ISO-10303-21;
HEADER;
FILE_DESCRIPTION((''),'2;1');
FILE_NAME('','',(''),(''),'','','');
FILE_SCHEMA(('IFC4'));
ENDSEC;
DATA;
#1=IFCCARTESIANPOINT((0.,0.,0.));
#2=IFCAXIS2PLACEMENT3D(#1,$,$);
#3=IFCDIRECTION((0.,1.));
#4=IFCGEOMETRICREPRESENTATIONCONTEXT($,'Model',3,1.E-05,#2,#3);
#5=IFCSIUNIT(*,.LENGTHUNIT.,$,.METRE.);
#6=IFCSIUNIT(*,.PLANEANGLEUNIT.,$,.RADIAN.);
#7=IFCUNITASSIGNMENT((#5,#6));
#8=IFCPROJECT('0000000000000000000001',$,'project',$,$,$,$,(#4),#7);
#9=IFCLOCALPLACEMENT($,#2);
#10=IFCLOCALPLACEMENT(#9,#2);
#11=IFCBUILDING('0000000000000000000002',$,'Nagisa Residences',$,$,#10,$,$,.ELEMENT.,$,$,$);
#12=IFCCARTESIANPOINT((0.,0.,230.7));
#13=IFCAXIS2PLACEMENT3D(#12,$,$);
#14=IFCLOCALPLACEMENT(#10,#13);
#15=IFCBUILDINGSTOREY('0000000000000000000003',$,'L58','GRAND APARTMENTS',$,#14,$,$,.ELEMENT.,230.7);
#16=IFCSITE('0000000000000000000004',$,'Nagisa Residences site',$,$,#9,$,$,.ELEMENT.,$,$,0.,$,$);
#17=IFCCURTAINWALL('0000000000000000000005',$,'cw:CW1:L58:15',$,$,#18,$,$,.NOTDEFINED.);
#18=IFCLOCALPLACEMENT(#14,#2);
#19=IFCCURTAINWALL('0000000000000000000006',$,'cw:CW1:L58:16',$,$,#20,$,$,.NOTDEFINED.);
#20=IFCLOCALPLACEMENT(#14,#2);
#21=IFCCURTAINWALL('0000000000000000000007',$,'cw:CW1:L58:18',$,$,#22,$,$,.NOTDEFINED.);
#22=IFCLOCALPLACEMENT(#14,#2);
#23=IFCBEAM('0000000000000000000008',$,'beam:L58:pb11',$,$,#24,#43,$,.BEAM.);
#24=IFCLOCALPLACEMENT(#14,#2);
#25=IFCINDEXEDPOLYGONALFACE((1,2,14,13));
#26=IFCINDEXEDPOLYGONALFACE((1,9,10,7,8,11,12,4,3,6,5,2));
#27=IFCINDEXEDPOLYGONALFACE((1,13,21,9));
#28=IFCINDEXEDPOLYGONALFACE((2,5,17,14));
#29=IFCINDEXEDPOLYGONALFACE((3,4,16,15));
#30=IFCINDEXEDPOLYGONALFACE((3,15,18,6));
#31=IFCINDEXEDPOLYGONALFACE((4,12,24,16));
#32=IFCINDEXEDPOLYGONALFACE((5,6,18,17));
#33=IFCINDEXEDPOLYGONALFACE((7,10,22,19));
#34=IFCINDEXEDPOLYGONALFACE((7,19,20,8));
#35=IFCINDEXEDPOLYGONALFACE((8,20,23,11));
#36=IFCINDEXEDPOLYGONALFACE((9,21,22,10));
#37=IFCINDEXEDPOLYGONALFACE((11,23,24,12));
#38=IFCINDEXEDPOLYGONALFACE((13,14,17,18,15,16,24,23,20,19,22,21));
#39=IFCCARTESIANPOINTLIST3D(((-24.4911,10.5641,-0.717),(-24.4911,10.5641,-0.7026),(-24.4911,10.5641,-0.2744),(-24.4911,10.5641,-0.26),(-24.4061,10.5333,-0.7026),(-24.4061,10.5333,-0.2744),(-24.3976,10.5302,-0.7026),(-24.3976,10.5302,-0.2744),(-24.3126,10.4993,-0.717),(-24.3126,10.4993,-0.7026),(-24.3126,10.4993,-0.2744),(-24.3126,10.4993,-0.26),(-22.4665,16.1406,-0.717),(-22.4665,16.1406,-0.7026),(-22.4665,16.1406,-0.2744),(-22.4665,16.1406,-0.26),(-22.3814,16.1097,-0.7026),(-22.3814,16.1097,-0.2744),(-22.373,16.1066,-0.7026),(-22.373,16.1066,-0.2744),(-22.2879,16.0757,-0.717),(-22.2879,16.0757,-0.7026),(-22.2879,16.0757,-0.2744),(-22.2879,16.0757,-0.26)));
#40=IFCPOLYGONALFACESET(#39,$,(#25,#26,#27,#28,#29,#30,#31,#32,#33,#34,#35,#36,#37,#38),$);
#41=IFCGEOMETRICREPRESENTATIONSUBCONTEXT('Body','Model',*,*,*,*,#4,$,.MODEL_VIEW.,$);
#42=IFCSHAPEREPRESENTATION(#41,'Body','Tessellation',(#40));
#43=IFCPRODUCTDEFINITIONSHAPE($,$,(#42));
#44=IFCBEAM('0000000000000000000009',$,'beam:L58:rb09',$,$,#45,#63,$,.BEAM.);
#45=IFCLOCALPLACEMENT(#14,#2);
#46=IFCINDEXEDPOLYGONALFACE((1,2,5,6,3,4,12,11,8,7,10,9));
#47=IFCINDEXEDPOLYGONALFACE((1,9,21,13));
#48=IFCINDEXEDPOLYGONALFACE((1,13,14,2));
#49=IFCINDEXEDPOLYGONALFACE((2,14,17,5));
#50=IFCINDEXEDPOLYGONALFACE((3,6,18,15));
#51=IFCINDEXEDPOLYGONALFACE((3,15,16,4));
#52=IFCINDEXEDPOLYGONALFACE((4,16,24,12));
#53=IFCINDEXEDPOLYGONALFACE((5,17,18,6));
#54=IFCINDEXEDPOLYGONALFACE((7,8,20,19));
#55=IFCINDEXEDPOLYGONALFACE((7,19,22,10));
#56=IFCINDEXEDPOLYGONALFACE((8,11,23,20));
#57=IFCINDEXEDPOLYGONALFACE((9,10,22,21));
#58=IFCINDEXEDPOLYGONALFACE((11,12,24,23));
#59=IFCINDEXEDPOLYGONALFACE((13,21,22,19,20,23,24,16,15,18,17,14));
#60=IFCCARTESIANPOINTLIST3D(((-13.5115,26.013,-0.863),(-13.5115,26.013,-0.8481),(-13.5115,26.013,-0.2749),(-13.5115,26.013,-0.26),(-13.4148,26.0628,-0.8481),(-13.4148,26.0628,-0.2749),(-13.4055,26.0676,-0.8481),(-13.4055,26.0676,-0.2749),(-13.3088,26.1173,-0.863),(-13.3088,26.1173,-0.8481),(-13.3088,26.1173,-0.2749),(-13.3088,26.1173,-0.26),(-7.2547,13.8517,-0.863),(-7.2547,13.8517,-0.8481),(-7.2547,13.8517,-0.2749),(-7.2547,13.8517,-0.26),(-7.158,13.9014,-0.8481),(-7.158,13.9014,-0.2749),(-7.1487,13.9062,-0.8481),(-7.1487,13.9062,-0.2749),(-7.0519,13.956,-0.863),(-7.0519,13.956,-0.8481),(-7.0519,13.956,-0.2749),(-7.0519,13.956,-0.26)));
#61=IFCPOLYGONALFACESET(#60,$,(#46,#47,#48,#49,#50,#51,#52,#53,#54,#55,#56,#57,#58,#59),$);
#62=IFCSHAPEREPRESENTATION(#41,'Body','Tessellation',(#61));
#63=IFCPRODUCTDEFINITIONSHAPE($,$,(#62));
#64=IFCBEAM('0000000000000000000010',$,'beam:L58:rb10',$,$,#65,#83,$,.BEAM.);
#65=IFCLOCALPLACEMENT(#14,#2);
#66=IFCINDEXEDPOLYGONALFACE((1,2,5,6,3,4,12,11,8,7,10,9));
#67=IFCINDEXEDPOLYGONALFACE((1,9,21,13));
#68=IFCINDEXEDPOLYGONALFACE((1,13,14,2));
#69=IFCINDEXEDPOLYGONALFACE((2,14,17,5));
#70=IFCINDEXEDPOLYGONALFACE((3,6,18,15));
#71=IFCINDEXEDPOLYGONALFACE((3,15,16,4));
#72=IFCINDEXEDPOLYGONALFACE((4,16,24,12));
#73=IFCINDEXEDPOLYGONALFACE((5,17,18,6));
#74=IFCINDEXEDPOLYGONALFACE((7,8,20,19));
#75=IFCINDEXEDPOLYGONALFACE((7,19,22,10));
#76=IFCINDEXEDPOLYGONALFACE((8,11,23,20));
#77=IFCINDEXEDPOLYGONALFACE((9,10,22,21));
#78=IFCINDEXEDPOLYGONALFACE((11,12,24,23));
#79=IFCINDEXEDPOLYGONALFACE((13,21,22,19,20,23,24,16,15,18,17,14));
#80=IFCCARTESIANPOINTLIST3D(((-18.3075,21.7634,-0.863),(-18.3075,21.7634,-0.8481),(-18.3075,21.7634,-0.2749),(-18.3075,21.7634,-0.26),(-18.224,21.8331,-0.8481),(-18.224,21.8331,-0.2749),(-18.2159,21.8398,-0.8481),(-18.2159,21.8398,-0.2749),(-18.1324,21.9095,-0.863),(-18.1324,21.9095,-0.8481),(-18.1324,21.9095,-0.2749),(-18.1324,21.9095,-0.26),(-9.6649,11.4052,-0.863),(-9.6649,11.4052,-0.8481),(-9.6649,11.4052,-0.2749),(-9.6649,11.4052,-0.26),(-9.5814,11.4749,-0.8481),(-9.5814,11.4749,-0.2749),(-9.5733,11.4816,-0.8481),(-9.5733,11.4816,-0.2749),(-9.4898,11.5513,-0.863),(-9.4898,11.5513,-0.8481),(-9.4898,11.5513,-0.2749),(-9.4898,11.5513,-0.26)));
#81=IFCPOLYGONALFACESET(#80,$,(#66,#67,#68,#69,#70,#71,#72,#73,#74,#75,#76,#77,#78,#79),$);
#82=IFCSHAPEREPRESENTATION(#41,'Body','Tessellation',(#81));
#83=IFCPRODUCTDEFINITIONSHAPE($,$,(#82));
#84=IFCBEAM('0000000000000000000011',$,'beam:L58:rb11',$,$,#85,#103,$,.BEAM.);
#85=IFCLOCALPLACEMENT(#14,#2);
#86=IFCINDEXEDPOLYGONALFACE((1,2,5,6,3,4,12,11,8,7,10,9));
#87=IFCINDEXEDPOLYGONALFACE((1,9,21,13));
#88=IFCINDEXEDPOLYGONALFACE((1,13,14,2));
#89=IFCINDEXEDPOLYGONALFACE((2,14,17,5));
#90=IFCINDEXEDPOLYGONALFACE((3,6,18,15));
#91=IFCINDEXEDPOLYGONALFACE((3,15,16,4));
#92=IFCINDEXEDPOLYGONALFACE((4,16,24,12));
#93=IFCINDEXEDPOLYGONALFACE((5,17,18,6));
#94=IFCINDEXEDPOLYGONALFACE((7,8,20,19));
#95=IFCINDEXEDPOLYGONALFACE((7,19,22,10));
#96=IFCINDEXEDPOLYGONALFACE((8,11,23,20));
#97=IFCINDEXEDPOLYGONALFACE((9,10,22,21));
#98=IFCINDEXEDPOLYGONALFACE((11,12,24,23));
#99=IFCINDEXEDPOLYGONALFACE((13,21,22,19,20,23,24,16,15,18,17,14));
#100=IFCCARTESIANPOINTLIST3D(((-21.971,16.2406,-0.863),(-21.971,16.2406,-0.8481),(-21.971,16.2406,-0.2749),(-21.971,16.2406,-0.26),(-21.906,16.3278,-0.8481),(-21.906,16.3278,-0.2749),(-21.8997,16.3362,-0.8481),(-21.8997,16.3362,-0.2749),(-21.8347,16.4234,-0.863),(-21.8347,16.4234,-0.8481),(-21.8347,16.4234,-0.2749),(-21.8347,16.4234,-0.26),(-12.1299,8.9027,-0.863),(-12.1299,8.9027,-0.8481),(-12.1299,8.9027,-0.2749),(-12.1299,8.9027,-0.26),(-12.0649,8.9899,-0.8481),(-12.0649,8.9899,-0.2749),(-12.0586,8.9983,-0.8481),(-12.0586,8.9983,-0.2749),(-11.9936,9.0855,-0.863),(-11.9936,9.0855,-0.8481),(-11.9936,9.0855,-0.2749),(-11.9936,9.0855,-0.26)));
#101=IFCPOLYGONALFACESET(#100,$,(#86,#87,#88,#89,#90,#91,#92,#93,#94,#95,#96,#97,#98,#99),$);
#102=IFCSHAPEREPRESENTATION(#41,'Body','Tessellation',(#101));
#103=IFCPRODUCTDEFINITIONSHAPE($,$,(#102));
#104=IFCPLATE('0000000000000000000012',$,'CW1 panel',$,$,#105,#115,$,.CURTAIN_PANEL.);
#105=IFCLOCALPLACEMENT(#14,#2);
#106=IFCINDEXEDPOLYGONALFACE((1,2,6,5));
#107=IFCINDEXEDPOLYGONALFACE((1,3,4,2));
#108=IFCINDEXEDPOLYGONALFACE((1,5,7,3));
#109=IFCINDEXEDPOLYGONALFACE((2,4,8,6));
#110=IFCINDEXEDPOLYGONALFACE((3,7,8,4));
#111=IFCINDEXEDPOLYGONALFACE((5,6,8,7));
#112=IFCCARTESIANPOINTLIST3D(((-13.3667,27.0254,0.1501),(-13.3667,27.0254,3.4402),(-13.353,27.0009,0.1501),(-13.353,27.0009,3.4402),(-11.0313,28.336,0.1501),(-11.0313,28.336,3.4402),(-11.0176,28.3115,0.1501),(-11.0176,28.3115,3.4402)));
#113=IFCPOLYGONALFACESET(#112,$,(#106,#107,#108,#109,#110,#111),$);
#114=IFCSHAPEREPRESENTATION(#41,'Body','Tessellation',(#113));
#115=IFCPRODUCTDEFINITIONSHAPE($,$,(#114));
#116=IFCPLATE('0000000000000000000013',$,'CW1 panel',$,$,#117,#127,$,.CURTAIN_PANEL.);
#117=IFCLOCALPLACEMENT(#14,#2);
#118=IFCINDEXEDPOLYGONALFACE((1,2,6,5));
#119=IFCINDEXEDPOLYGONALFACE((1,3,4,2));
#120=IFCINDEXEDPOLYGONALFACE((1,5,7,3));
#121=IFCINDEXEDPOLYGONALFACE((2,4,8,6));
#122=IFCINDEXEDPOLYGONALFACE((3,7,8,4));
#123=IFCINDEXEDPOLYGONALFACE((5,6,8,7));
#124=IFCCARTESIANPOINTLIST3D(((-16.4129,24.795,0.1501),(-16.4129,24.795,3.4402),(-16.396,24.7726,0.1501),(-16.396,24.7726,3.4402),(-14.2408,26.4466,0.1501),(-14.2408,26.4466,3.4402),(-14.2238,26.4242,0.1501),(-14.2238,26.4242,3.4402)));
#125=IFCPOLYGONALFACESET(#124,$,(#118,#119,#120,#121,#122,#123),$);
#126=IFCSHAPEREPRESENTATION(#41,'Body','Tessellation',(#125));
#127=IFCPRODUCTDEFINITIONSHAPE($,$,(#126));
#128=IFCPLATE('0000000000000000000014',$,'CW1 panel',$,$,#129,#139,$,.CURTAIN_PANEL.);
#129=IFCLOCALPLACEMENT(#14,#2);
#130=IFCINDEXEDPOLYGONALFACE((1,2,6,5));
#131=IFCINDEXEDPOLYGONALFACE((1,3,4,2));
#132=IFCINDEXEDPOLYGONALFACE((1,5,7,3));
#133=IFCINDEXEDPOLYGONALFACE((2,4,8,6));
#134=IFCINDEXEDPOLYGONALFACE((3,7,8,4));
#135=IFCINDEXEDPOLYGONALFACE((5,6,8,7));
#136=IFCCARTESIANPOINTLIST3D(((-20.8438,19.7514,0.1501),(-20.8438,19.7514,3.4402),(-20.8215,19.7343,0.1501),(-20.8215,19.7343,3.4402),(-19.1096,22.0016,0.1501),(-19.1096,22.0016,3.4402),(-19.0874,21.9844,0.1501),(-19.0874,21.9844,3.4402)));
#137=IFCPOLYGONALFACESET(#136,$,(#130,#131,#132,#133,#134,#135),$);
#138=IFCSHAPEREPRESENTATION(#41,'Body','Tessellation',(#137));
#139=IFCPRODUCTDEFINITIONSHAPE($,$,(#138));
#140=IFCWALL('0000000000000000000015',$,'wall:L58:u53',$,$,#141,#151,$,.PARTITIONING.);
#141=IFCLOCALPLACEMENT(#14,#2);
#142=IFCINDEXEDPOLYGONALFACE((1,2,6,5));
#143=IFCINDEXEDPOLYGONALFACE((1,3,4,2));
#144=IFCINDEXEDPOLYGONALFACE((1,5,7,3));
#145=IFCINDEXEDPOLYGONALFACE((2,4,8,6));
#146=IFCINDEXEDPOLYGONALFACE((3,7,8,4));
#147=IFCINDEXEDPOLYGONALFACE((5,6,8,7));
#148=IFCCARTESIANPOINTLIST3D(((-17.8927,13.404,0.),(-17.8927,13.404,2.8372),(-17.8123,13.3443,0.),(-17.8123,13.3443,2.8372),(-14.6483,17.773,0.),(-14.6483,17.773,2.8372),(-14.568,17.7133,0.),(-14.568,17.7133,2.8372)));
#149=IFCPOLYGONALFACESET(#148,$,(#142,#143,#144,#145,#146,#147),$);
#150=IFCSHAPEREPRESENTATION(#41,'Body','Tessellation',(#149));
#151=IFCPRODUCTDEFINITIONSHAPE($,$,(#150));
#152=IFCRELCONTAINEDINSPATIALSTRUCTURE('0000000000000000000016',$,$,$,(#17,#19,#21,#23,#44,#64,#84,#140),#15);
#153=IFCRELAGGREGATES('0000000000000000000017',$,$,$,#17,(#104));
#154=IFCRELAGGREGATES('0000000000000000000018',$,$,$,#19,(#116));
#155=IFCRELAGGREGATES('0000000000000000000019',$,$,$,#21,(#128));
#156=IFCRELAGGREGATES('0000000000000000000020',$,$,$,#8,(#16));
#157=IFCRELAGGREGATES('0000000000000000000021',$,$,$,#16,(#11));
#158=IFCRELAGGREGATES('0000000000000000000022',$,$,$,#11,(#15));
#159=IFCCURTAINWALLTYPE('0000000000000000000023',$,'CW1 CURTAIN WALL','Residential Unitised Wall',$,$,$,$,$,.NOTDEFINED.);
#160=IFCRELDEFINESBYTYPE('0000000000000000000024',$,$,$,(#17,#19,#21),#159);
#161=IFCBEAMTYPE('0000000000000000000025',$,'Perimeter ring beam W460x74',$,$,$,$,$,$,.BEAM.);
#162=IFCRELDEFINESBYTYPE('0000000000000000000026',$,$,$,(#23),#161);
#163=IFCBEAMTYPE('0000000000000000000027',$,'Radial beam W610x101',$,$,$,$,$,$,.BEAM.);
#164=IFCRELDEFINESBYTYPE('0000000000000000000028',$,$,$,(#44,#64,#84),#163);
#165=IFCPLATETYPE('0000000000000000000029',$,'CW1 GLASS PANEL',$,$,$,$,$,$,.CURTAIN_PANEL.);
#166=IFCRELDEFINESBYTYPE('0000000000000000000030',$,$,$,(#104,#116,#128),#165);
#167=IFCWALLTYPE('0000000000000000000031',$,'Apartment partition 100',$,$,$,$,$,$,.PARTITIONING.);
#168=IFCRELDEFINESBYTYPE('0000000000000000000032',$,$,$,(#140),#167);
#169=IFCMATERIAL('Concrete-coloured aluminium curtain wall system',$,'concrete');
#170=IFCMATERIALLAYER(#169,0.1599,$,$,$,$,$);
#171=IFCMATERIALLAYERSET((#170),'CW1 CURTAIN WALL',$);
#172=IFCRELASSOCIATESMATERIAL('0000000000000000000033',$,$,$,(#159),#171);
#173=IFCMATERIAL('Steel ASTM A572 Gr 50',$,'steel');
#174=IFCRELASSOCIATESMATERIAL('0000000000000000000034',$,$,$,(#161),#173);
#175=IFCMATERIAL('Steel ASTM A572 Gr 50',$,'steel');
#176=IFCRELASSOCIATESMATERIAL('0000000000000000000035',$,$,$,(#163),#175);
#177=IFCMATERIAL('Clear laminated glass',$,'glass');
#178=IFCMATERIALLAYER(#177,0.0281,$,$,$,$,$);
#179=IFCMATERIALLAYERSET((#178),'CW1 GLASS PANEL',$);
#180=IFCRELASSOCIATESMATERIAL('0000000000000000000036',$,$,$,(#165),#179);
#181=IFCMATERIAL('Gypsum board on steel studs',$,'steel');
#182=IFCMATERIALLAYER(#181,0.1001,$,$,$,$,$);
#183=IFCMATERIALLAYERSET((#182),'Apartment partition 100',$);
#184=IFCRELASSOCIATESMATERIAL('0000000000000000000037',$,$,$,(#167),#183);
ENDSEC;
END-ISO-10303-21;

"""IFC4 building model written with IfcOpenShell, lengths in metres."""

from ifc_helpers import new_model, si_unit, direction, frame, frame_2d, origin, origin_2d, place, context, subcontext, project, spatial, rectangle, i_section, extrude, material, layer, layer_set, material_profile, profile_set, type_object, element, aggregate, save


model = new_model("IFC4")

# Units and contexts
model_context = context("Model", 3, precision=1e-05, world=origin(), true_north=direction((0.0, 1.0)))
body_context = subcontext(model_context, "Body", "Model", "MODEL_VIEW")
ifc_project = project(units=[si_unit("LENGTHUNIT", "METRE"), si_unit("PLANEANGLEUNIT", "RADIAN")], contexts=[model_context])

# Site, building, storey
site_placement = place(None, origin())
site = spatial("IfcSite", under=ifc_project, at=site_placement, Name="Nagisa Residences site", CompositionType="ELEMENT", RefElevation=0.0)
building_placement = place(site_placement, origin())
building = spatial("IfcBuilding", under=site, at=building_placement, Name="Nagisa Residences", CompositionType="ELEMENT")
storey_placement = place(building_placement, frame((0.0, 0.0, 230.7)))
storey = spatial("IfcBuildingStorey", under=building, at=storey_placement, Name="L58", Description="GRAND APARTMENTS", CompositionType="ELEMENT", Elevation=230.7)

# Curtain walls
ifc_material_1 = material(Name="Concrete-coloured aluminium curtain wall system", Category="concrete")
ifc_layer_1 = layer(ifc_material_1, 0.1599)
ifc_layer_set_1 = layer_set([ifc_layer_1], Name="CW1 CURTAIN WALL")
curtain_wall_type = type_object("IfcCurtainWallType", Name="CW1 CURTAIN WALL", Description="Residential Unitised Wall", PredefinedType="NOTDEFINED", material=ifc_layer_set_1)
curtain_wall_1_placement = place(storey_placement, origin())
curtain_wall_1 = element("IfcCurtainWall", 1, at=curtain_wall_1_placement, inside=storey, type_object=curtain_wall_type, Name="cw:CW1:L58:15", PredefinedType="NOTDEFINED")
curtain_wall_2_placement = place(storey_placement, origin())
curtain_wall_2 = element("IfcCurtainWall", 2, at=curtain_wall_2_placement, inside=storey, type_object=curtain_wall_type, Name="cw:CW1:L58:16", PredefinedType="NOTDEFINED")
curtain_wall_3_placement = place(storey_placement, origin())
curtain_wall_3 = element("IfcCurtainWall", 3, at=curtain_wall_3_placement, inside=storey, type_object=curtain_wall_type, Name="cw:CW1:L58:18", PredefinedType="NOTDEFINED")

# Beams
ifc_material_2 = material(Name="Steel ASTM A572 Gr 50", Category="steel")
ifc_material_profile_1 = material_profile(ifc_material_2, i_section(OverallWidth=0.1899, OverallDepth=0.457, WebThickness=0.009, FlangeThickness=0.0144, at=origin_2d()), Name="W460x74")
ifc_profile_set_1 = profile_set([ifc_material_profile_1], Name="Steel ASTM A572 Gr 50")
beam_type_1 = type_object("IfcBeamType", Name="Perimeter ring beam W460x74", PredefinedType="BEAM", material=ifc_profile_set_1)
beam_1_placement = place(storey_placement, frame((-22.3772, 16.1082, -0.4885), z_axis=(-0.341277, -0.939963, 0.0), x_axis=(0.939963, -0.341277, 0.0)))
element("IfcBeam", 4, at=beam_1_placement, inside=storey, type_object=beam_type_1, Name="beam:L58:pb11", PredefinedType="BEAM", context=body_context, shape_type="SweptSolid", body=[
    extrude(i_section(OverallWidth=0.1899, OverallDepth=0.457, WebThickness=0.009, FlangeThickness=0.0144, at=origin_2d()), origin(), (0.0, 0.0, 1.0), 5.9326),
])
ifc_material_3 = material(Name="Steel ASTM A572 Gr 50", Category="steel")
ifc_material_profile_2 = material_profile(ifc_material_3, i_section(OverallWidth=0.228, OverallDepth=0.603, WebThickness=0.0105, FlangeThickness=0.0149, at=origin_2d()), Name="W610x101")
ifc_profile_set_2 = profile_set([ifc_material_profile_2], Name="Steel ASTM A572 Gr 50")
beam_type_2 = type_object("IfcBeamType", Name="Radial beam W610x101", PredefinedType="BEAM", material=ifc_profile_set_2)
beam_2_placement = place(storey_placement, frame((-13.4102, 26.0652, -0.5615), z_axis=(0.457488, -0.889216, 0.0), x_axis=(0.889216, 0.457488, 0.0)))
element("IfcBeam", 5, at=beam_2_placement, inside=storey, type_object=beam_type_2, Name="beam:L58:rb09", PredefinedType="BEAM", context=body_context, shape_type="SweptSolid", body=[
    extrude(i_section(OverallWidth=0.228, OverallDepth=0.603, WebThickness=0.0105, FlangeThickness=0.0149, at=origin_2d()), origin(), (0.0, 0.0, 1.0), 13.6765),
])
beam_3_placement = place(storey_placement, frame((-18.22, 21.8364, -0.5615), z_axis=(0.640656, -0.767828, 0.0), x_axis=(0.767828, 0.640656, 0.0)))
element("IfcBeam", 6, at=beam_3_placement, inside=storey, type_object=beam_type_2, Name="beam:L58:rb10", PredefinedType="BEAM", context=body_context, shape_type="SweptSolid", body=[
    extrude(i_section(OverallWidth=0.228, OverallDepth=0.603, WebThickness=0.0105, FlangeThickness=0.0149, at=origin_2d()), origin(), (0.0, 0.0, 1.0), 13.4902),
])
beam_4_placement = place(storey_placement, frame((-21.9028, 16.332, -0.5615), z_axis=(0.801675, -0.597761, 0.0), x_axis=(0.597761, 0.801675, 0.0)))
element("IfcBeam", 7, at=beam_4_placement, inside=storey, type_object=beam_type_2, Name="beam:L58:rb11", PredefinedType="BEAM", context=body_context, shape_type="SweptSolid", body=[
    extrude(i_section(OverallWidth=0.228, OverallDepth=0.603, WebThickness=0.0105, FlangeThickness=0.0149, at=origin_2d()), origin(), (0.0, 0.0, 1.0), 12.2756),
])

# Plates
ifc_material_4 = material(Name="Clear laminated glass", Category="glass")
ifc_layer_2 = layer(ifc_material_4, 0.0281)
ifc_layer_set_2 = layer_set([ifc_layer_2], Name="CW1 GLASS PANEL")
plate_type = type_object("IfcPlateType", Name="CW1 GLASS PANEL", PredefinedType="CURTAIN_PANEL", material=ifc_layer_set_2)
plate_1_placement = place(storey_placement, frame((-12.1921, 27.6685, 0.1501), z_axis=(0.0, 0.0, 1.0), x_axis=(-0.872072, -0.489377, 0.0)))
plate_1 = element("IfcPlate", 8, at=plate_1_placement, type_object=plate_type, Name="CW1 panel", PredefinedType="CURTAIN_PANEL", context=body_context, shape_type="SweptSolid", body=[
    extrude(rectangle(XDim=2.678, YDim=0.0281, at=origin_2d()), origin(), (0.0, 0.0, 1.0), 3.29),
])
aggregate(curtain_wall_1, [plate_1])
plate_2_placement = place(storey_placement, frame((-15.3184, 25.6096, 0.1501), z_axis=(0.0, 0.0, 1.0), x_axis=(-0.796031, -0.605255, 0.0)))
plate_2 = element("IfcPlate", 9, at=plate_2_placement, type_object=plate_type, Name="CW1 panel", PredefinedType="CURTAIN_PANEL", context=body_context, shape_type="SweptSolid", body=[
    extrude(rectangle(XDim=2.7288, YDim=0.0281, at=origin_2d()), origin(), (0.0, 0.0, 1.0), 3.29),
])
aggregate(curtain_wall_2, [plate_2])
plate_3_placement = place(storey_placement, frame((-19.9656, 20.8679, 0.1501), z_axis=(0.0, 0.0, 1.0), x_axis=(-0.61043, -0.79207, 0.0)))
plate_3 = element("IfcPlate", 10, at=plate_3_placement, type_object=plate_type, Name="CW1 panel", PredefinedType="CURTAIN_PANEL", context=body_context, shape_type="SweptSolid", body=[
    extrude(rectangle(XDim=2.8408, YDim=0.0281, at=origin_2d()), origin(), (0.0, 0.0, 1.0), 3.29),
])
aggregate(curtain_wall_3, [plate_3])

# Wall
ifc_material_5 = material(Name="Gypsum board on steel studs", Category="steel")
ifc_layer_3 = layer(ifc_material_5, 0.1001)
ifc_layer_set_3 = layer_set([ifc_layer_3], Name="Apartment partition 100")
wall_type_1 = type_object("IfcWallType", Name="Apartment partition 100", PredefinedType="PARTITIONING", material=ifc_layer_set_3)
wall_1_placement = place(storey_placement, frame((-14.6082, 17.7432, 0.0), z_axis=(0.0, 0.0, 1.0), x_axis=(-0.596174, -0.802855, 0.0)))
element("IfcWall", 11, at=wall_1_placement, inside=storey, type_object=wall_type_1, Name="wall:L58:u53", PredefinedType="PARTITIONING", context=body_context, shape_type="SweptSolid", body=[
    extrude(rectangle(XDim=5.4419, YDim=0.1001, at=frame_2d((2.7209, 0.0))), origin(), (0.0, 0.0, 1.0), 2.8372),
])

save(model, "model.ifc")
